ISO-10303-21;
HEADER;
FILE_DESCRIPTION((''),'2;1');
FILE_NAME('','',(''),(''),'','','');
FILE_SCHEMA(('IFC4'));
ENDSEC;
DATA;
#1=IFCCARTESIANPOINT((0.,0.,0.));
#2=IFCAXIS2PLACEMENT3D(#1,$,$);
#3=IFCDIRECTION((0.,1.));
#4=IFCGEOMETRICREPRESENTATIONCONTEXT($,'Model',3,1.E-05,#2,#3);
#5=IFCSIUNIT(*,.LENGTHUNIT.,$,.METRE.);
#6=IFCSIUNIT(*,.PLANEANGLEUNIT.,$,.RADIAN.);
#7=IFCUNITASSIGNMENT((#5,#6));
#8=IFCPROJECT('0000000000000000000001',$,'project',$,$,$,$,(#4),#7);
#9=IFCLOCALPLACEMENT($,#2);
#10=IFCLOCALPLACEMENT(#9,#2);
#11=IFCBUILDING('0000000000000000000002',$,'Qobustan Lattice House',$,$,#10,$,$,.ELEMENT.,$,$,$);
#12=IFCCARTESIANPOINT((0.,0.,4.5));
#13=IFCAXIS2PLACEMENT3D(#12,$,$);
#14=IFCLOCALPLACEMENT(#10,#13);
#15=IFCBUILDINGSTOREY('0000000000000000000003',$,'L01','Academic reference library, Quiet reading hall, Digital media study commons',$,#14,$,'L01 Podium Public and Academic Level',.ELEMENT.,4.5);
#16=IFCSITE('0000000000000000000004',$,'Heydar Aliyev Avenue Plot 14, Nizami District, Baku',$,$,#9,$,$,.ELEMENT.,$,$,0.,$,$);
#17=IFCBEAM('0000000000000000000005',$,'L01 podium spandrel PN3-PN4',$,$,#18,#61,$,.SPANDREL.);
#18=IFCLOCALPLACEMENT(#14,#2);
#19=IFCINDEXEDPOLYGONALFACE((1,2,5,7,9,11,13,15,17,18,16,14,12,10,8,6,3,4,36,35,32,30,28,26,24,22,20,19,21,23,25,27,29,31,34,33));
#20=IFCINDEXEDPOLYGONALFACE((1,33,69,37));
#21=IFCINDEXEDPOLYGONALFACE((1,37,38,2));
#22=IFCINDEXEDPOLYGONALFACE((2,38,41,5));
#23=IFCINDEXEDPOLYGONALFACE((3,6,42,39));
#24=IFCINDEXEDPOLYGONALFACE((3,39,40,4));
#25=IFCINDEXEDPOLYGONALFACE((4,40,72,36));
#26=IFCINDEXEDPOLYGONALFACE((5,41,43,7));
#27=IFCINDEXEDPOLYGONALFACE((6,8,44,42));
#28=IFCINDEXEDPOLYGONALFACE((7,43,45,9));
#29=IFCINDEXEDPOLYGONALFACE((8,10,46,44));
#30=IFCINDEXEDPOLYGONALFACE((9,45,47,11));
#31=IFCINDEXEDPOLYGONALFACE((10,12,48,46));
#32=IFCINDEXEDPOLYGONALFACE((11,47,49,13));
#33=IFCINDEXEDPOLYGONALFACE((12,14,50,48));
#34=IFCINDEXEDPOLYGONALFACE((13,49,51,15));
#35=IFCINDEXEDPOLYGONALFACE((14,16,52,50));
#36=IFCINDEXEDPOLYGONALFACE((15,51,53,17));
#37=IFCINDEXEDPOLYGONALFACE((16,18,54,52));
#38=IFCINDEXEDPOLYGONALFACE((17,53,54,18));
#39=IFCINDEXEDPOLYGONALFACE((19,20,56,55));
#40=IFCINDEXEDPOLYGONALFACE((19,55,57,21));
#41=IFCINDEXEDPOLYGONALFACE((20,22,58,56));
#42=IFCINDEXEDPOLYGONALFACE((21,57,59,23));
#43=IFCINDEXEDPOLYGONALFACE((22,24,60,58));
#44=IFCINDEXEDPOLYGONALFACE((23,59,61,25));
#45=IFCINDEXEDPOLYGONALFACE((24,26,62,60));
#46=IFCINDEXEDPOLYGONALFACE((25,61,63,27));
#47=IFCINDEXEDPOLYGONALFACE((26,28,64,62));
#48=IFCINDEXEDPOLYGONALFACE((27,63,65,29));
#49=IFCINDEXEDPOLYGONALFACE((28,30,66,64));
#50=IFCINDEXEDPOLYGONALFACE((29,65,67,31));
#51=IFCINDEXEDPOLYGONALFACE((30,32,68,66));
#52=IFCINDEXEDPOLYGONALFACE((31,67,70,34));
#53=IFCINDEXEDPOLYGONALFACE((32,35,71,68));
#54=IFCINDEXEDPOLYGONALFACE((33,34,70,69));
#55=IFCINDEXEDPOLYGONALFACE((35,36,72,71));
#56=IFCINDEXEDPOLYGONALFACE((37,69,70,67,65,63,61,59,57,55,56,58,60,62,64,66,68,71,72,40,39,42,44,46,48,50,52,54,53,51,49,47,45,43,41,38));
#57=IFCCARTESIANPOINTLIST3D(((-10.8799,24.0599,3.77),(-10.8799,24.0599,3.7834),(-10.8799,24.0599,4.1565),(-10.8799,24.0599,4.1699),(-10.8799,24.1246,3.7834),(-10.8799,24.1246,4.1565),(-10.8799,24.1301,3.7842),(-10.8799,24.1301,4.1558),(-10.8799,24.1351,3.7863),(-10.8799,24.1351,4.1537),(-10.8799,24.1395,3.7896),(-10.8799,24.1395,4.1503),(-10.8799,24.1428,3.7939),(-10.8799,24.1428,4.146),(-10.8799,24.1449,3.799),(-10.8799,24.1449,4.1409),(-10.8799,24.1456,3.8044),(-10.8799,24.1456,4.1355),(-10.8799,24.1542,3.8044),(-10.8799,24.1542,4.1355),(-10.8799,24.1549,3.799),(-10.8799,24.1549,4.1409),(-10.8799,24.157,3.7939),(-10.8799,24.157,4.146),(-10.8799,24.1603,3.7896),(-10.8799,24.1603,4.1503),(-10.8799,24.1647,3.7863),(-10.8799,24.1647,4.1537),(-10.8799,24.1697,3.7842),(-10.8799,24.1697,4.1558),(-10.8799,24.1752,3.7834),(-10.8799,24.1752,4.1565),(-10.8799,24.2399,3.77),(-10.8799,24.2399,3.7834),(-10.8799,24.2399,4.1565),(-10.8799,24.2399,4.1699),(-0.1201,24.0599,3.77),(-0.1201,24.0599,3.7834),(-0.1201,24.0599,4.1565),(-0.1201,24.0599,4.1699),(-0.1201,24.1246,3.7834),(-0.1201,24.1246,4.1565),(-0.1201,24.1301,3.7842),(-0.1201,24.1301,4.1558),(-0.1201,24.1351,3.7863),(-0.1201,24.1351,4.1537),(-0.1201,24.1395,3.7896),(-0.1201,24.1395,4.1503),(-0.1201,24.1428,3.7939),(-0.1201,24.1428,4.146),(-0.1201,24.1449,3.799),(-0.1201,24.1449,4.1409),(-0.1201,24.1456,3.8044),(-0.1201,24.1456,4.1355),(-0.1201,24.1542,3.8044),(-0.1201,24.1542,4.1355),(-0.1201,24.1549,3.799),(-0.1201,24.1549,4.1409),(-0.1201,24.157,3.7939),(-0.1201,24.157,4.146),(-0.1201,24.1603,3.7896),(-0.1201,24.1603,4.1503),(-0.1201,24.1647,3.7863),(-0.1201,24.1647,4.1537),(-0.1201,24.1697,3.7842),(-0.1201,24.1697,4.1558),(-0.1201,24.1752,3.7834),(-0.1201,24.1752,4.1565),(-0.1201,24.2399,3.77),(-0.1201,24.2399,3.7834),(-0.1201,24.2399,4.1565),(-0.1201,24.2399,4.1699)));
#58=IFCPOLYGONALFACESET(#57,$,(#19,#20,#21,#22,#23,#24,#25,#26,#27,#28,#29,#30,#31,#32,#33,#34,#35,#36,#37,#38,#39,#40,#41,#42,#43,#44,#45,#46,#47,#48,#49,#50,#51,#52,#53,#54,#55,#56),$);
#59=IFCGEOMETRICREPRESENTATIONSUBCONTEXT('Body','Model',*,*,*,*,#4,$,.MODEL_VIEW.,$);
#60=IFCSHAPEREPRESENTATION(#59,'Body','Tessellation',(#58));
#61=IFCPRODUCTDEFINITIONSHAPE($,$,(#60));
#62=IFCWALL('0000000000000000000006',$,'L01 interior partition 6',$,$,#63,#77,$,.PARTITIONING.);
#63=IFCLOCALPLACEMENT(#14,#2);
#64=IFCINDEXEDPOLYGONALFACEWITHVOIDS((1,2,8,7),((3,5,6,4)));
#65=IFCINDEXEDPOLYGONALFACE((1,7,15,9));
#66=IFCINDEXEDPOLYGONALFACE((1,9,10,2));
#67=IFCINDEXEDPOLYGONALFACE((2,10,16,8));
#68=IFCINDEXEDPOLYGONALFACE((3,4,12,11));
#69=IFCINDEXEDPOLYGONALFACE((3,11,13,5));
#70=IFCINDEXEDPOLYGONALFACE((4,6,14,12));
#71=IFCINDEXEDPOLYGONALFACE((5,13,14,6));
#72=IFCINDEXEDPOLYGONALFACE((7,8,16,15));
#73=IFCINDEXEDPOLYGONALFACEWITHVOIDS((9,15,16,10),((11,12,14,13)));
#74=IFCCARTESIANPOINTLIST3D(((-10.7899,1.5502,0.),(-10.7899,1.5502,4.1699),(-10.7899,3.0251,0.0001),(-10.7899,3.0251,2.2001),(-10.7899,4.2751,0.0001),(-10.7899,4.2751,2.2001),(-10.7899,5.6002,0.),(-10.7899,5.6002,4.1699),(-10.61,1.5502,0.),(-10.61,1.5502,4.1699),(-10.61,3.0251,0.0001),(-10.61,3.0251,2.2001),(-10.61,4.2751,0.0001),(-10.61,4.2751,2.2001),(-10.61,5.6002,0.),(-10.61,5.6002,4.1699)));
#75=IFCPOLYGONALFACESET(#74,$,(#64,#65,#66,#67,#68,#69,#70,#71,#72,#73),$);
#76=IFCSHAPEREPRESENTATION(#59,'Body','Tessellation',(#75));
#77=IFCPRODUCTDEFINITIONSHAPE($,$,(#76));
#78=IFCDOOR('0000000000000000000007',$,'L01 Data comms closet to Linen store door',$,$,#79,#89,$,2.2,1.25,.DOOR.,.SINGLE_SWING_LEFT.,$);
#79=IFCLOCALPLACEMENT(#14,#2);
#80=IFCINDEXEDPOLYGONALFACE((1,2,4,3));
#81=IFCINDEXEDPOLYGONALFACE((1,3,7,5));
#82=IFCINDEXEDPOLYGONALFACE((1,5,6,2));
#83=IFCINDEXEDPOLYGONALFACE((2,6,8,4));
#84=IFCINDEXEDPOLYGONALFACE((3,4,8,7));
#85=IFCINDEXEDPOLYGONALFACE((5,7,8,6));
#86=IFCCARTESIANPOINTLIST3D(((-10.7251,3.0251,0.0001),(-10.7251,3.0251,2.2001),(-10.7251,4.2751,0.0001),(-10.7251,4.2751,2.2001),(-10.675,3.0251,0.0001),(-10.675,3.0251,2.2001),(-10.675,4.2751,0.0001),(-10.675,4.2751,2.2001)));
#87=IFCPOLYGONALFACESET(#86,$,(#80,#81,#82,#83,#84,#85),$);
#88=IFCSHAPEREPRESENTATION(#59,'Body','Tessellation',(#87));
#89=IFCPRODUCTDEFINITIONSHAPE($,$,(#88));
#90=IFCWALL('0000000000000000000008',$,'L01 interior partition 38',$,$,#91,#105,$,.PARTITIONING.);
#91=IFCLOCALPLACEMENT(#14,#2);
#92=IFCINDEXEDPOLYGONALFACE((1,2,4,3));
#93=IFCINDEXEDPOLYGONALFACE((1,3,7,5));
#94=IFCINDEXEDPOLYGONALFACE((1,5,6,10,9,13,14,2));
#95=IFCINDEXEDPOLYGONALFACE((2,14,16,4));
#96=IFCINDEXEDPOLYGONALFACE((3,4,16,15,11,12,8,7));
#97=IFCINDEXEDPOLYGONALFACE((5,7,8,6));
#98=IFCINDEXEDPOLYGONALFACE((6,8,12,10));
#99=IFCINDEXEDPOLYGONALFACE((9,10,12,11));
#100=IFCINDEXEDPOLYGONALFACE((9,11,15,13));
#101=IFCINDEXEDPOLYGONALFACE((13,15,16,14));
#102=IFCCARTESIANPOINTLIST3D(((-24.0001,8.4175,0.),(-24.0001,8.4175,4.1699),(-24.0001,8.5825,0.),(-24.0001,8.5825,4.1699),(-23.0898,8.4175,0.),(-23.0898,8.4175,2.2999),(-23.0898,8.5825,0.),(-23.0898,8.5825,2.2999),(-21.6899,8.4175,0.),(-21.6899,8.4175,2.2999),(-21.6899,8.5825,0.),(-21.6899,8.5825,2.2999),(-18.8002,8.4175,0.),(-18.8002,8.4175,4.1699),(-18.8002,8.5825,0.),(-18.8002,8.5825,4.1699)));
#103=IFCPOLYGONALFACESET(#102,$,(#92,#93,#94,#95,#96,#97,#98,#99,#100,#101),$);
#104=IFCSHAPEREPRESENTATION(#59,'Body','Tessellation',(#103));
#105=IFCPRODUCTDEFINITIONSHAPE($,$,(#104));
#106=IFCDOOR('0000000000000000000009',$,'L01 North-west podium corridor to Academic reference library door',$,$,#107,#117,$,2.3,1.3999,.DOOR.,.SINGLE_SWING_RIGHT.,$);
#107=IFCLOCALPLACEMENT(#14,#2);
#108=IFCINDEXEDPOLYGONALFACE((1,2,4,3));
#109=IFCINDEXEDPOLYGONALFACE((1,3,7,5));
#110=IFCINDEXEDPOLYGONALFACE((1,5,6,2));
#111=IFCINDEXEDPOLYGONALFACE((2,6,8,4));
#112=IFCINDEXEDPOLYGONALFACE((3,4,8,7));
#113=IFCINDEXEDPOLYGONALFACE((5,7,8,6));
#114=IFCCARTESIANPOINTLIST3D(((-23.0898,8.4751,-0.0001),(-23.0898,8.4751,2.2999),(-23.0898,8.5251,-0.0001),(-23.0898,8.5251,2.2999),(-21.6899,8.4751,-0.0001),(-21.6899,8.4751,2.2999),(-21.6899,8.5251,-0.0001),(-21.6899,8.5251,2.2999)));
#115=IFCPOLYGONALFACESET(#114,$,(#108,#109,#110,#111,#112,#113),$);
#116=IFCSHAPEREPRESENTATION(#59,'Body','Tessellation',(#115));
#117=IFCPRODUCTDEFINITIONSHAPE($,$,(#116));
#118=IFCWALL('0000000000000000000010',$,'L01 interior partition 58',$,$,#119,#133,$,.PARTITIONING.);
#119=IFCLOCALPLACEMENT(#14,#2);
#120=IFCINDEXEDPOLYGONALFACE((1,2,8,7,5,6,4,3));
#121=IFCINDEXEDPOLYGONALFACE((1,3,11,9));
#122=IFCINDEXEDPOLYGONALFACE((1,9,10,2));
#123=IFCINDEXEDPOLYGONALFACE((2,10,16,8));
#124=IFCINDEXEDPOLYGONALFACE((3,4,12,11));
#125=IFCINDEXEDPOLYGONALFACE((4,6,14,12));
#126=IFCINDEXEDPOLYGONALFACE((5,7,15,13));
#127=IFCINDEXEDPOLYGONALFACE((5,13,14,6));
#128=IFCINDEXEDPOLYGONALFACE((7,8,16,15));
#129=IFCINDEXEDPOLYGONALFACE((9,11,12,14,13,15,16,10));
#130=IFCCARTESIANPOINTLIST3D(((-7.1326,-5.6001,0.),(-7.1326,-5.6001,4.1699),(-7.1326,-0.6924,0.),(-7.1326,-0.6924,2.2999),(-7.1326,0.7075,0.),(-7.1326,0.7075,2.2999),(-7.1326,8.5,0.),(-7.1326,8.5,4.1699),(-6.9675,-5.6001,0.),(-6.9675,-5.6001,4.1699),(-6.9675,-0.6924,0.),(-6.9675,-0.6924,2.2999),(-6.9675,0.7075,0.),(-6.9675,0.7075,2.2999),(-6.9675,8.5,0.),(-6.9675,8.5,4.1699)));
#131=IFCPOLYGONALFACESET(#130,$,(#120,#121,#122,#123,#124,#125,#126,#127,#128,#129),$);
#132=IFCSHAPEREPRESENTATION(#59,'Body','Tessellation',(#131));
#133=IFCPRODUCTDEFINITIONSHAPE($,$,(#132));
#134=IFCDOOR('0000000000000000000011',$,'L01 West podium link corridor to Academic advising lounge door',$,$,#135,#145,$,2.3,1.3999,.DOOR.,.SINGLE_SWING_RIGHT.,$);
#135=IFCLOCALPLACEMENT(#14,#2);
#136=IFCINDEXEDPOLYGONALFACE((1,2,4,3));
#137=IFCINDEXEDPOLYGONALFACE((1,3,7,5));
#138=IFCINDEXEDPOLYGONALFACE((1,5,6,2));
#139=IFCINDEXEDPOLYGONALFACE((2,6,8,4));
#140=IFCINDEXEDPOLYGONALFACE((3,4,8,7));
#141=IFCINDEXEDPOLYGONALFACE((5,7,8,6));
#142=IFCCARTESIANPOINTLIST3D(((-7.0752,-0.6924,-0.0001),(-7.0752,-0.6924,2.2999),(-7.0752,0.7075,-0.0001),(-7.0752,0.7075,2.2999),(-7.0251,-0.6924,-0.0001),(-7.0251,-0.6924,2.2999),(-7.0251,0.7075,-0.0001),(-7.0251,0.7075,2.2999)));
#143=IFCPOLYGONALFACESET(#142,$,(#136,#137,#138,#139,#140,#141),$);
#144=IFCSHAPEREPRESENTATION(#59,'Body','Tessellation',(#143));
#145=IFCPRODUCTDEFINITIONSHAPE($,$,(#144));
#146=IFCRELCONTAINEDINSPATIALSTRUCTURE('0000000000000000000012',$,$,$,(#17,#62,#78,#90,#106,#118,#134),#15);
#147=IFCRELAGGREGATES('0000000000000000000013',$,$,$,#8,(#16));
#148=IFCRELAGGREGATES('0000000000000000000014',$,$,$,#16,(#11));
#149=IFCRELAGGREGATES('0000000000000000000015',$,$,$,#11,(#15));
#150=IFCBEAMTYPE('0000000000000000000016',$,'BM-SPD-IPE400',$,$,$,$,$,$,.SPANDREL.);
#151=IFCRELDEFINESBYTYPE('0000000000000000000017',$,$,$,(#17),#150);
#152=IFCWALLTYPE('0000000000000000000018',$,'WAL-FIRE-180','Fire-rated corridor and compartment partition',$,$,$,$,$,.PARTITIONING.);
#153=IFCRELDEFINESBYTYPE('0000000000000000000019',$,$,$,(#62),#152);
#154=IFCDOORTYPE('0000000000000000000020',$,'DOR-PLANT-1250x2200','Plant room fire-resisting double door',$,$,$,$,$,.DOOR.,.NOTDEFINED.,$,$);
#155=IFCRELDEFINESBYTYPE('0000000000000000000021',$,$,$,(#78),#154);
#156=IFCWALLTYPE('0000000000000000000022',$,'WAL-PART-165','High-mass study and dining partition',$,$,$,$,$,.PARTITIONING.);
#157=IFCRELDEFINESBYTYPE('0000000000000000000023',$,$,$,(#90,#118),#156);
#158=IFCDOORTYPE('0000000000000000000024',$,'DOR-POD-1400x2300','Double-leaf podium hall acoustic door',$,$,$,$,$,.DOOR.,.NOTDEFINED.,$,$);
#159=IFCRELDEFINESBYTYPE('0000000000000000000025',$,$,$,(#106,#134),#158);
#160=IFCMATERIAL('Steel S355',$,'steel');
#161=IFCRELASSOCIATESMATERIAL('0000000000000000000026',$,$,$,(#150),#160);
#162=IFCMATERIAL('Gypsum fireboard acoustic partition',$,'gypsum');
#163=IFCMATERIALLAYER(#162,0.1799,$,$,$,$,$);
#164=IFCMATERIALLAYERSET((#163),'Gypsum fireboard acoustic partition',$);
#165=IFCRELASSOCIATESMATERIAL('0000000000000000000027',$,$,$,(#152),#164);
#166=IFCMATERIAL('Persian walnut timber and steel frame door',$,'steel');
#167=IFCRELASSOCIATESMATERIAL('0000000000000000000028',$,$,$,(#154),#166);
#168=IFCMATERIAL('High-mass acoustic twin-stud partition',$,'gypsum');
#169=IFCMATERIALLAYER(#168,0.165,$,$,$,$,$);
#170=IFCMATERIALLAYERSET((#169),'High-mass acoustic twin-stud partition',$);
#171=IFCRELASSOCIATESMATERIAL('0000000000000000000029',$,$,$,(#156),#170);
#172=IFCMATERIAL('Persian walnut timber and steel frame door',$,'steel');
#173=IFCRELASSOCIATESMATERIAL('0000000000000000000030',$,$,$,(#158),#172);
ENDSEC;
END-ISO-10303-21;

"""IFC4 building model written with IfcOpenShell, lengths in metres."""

from ifc_helpers import new_model, si_unit, direction, frame, frame_2d, origin, origin_2d, place, context, subcontext, project, spatial, rectangle, i_section, extrude, material, layer, layer_set, material_profile, profile_set, type_object, element, fill, save


model = new_model("IFC4")

# Units and contexts
model_context = context("Model", 3, precision=1e-05, world=origin(), true_north=direction((0.0, 1.0)))
body_context = subcontext(model_context, "Body", "Model", "MODEL_VIEW")
ifc_project = project(units=[si_unit("LENGTHUNIT", "METRE"), si_unit("PLANEANGLEUNIT", "RADIAN")], contexts=[model_context])

# Site, building, storey
site_placement = place(None, origin())
site = spatial("IfcSite", under=ifc_project, at=site_placement, Name="Heydar Aliyev Avenue Plot 14, Nizami District, Baku", CompositionType="ELEMENT", RefElevation=0.0)
building_placement = place(site_placement, origin())
building = spatial("IfcBuilding", under=site, at=building_placement, Name="Qobustan Lattice House", CompositionType="ELEMENT")
storey_placement = place(building_placement, frame((0.0, 0.0, 4.5)))
storey = spatial("IfcBuildingStorey", under=building, at=storey_placement, Name="L01", Description="Academic reference library, Quiet reading hall, Digital media study commons", LongName="L01 Podium Public and Academic Level", CompositionType="ELEMENT", Elevation=4.5)

# Beam
ifc_material_1 = material(Name="Steel S355", Category="steel")
ifc_material_profile_1 = material_profile(ifc_material_1, i_section(OverallWidth=0.1799, OverallDepth=0.3999, WebThickness=0.0085, FlangeThickness=0.0134, FilletRadius=0.021, at=origin_2d()), Name="IPE400")
ifc_profile_set_1 = profile_set([ifc_material_profile_1], Name="Steel S355")
beam_type_1 = type_object("IfcBeamType", Name="BM-SPD-IPE400", PredefinedType="SPANDREL", material=ifc_profile_set_1)
beam_1_placement = place(storey_placement, frame((-10.8799, 24.1499, 3.97), z_axis=(1.0, 0.0, 0.0), x_axis=(0.0, 1.0, 0.0)))
element("IfcBeam", 1, at=beam_1_placement, inside=storey, type_object=beam_type_1, Name="L01 podium spandrel PN3-PN4", PredefinedType="SPANDREL", context=body_context, shape_type="SweptSolid", body=[
    extrude(i_section(OverallWidth=0.1799, OverallDepth=0.3999, WebThickness=0.0085, FlangeThickness=0.0134, FilletRadius=0.021, at=origin_2d()), origin(), (0.0, 0.0, 1.0), 10.7598),
])

# Walls, openings, doors
ifc_material_2 = material(Name="Gypsum fireboard acoustic partition", Category="gypsum")
ifc_layer_1 = layer(ifc_material_2, 0.1799)
ifc_layer_set_1 = layer_set([ifc_layer_1], Name="Gypsum fireboard acoustic partition")
wall_type_1 = type_object("IfcWallType", Name="WAL-FIRE-180", Description="Fire-rated corridor and compartment partition", PredefinedType="PARTITIONING", material=ifc_layer_set_1)
wall_1_placement = place(storey_placement, frame((-10.7, 5.6001, 0.0), z_axis=(0.0, 0.0, 1.0), x_axis=(0.0, -1.0, 0.0)))
wall_1 = element("IfcWall", 2, at=wall_1_placement, inside=storey, type_object=wall_type_1, Name="L01 interior partition 6", PredefinedType="PARTITIONING", context=body_context, shape_type="SweptSolid", body=[
    extrude(rectangle(XDim=4.05, YDim=0.1799, at=frame_2d((2.0249, 0.0))), origin(), (0.0, 0.0, 1.0), 4.1699),
])
opening_1_placement = place(wall_1_placement, frame((1.325, 0.0, 0.0)))
opening_1 = element("IfcOpeningElement", 3, at=opening_1_placement, cuts=wall_1, PredefinedType="OPENING", context=body_context, shape_type="SweptSolid", body=[
    extrude(rectangle(XDim=1.25, YDim=2.2, at=frame_2d((0.625, 1.1001))), frame((0.0, 0.0999, 0.0), z_axis=(0.0, -1.0, 0.0), x_axis=(1.0, 0.0, 0.0)), (0.0, 0.0, 1.0), 0.2),
])
ifc_material_3 = material(Name="Persian walnut timber and steel frame door", Category="steel")
door_type_1 = type_object("IfcDoorType", Name="DOR-PLANT-1250x2200", Description="Plant room fire-resisting double door", OperationType="NOTDEFINED", PredefinedType="DOOR", material=ifc_material_3)
door_1_placement = place(opening_1_placement, origin())
door_1 = element("IfcDoor", 4, at=door_1_placement, inside=storey, type_object=door_type_1, Name="L01 Data comms closet to Linen store door", OperationType="SINGLE_SWING_LEFT", OverallHeight=2.2, OverallWidth=1.25, PredefinedType="DOOR", context=body_context, shape_type="SweptSolid", body=[
    extrude(rectangle(XDim=1.25, YDim=2.2, at=frame_2d((0.625, 1.1001))), frame((0.0, 0.0249, 0.0), z_axis=(0.0, -1.0, 0.0), x_axis=(1.0, 0.0, 0.0)), (0.0, 0.0, 1.0), 0.05),
])
fill(opening_1, door_1)
ifc_material_4 = material(Name="High-mass acoustic twin-stud partition", Category="gypsum")
ifc_layer_2 = layer(ifc_material_4, 0.165)
ifc_layer_set_2 = layer_set([ifc_layer_2], Name="High-mass acoustic twin-stud partition")
wall_type_2 = type_object("IfcWallType", Name="WAL-PART-165", Description="High-mass study and dining partition", PredefinedType="PARTITIONING", material=ifc_layer_set_2)
wall_2_placement = place(storey_placement, frame((-18.8, 8.5, 0.0), z_axis=(0.0, 0.0, 1.0), x_axis=(-1.0, 0.0, 0.0)))
wall_2 = element("IfcWall", 5, at=wall_2_placement, inside=storey, type_object=wall_type_2, Name="L01 interior partition 38", PredefinedType="PARTITIONING", context=body_context, shape_type="SweptSolid", body=[
    extrude(rectangle(XDim=5.2, YDim=0.165, at=frame_2d((2.6001, 0.0))), origin(), (0.0, 0.0, 1.0), 4.1699),
])
opening_2_placement = place(wall_2_placement, frame((2.8899, 0.0, 0.0)))
opening_2 = element("IfcOpeningElement", 6, at=opening_2_placement, cuts=wall_2, PredefinedType="OPENING", context=body_context, shape_type="SweptSolid", body=[
    extrude(rectangle(XDim=1.3999, YDim=2.3, at=frame_2d((0.7, 1.1499))), frame((0.0, 0.0925, 0.0), z_axis=(0.0, -1.0, 0.0), x_axis=(1.0, 0.0, 0.0)), (0.0, 0.0, 1.0), 0.1851),
])
ifc_material_5 = material(Name="Persian walnut timber and steel frame door", Category="steel")
door_type_2 = type_object("IfcDoorType", Name="DOR-POD-1400x2300", Description="Double-leaf podium hall acoustic door", OperationType="NOTDEFINED", PredefinedType="DOOR", material=ifc_material_5)
door_2_placement = place(opening_2_placement, origin())
door_2 = element("IfcDoor", 7, at=door_2_placement, inside=storey, type_object=door_type_2, Name="L01 North-west podium corridor to Academic reference library door", OperationType="SINGLE_SWING_RIGHT", OverallHeight=2.3, OverallWidth=1.3999, PredefinedType="DOOR", context=body_context, shape_type="SweptSolid", body=[
    extrude(rectangle(XDim=1.3999, YDim=2.3, at=frame_2d((0.7, 1.1499))), frame((0.0, 0.0249, 0.0), z_axis=(0.0, -1.0, 0.0), x_axis=(1.0, 0.0, 0.0)), (0.0, 0.0, 1.0), 0.05),
])
fill(opening_2, door_2)
wall_3_placement = place(storey_placement, frame((-7.05, 8.5, 0.0), z_axis=(0.0, 0.0, 1.0), x_axis=(0.0, -1.0, 0.0)))
wall_3 = element("IfcWall", 8, at=wall_3_placement, inside=storey, type_object=wall_type_2, Name="L01 interior partition 58", PredefinedType="PARTITIONING", context=body_context, shape_type="SweptSolid", body=[
    extrude(rectangle(XDim=14.1001, YDim=0.165, at=frame_2d((7.05, 0.0))), origin(), (0.0, 0.0, 1.0), 4.1699),
])
opening_3_placement = place(wall_3_placement, frame((7.7925, 0.0, 0.0)))
opening_3 = element("IfcOpeningElement", 9, at=opening_3_placement, cuts=wall_3, PredefinedType="OPENING", context=body_context, shape_type="SweptSolid", body=[
    extrude(rectangle(XDim=1.3999, YDim=2.3, at=frame_2d((0.7, 1.1499))), frame((0.0, 0.0925, 0.0), z_axis=(0.0, -1.0, 0.0), x_axis=(1.0, 0.0, 0.0)), (0.0, 0.0, 1.0), 0.1851),
])
door_3_placement = place(opening_3_placement, origin())
door_3 = element("IfcDoor", 10, at=door_3_placement, inside=storey, type_object=door_type_2, Name="L01 West podium link corridor to Academic advising lounge door", OperationType="SINGLE_SWING_RIGHT", OverallHeight=2.3, OverallWidth=1.3999, PredefinedType="DOOR", context=body_context, shape_type="SweptSolid", body=[
    extrude(rectangle(XDim=1.3999, YDim=2.3, at=frame_2d((0.7, 1.1499))), frame((0.0, 0.0249, 0.0), z_axis=(0.0, -1.0, 0.0), x_axis=(1.0, 0.0, 0.0)), (0.0, 0.0, 1.0), 0.05),
])
fill(opening_3, door_3)

save(model, "model.ifc")
